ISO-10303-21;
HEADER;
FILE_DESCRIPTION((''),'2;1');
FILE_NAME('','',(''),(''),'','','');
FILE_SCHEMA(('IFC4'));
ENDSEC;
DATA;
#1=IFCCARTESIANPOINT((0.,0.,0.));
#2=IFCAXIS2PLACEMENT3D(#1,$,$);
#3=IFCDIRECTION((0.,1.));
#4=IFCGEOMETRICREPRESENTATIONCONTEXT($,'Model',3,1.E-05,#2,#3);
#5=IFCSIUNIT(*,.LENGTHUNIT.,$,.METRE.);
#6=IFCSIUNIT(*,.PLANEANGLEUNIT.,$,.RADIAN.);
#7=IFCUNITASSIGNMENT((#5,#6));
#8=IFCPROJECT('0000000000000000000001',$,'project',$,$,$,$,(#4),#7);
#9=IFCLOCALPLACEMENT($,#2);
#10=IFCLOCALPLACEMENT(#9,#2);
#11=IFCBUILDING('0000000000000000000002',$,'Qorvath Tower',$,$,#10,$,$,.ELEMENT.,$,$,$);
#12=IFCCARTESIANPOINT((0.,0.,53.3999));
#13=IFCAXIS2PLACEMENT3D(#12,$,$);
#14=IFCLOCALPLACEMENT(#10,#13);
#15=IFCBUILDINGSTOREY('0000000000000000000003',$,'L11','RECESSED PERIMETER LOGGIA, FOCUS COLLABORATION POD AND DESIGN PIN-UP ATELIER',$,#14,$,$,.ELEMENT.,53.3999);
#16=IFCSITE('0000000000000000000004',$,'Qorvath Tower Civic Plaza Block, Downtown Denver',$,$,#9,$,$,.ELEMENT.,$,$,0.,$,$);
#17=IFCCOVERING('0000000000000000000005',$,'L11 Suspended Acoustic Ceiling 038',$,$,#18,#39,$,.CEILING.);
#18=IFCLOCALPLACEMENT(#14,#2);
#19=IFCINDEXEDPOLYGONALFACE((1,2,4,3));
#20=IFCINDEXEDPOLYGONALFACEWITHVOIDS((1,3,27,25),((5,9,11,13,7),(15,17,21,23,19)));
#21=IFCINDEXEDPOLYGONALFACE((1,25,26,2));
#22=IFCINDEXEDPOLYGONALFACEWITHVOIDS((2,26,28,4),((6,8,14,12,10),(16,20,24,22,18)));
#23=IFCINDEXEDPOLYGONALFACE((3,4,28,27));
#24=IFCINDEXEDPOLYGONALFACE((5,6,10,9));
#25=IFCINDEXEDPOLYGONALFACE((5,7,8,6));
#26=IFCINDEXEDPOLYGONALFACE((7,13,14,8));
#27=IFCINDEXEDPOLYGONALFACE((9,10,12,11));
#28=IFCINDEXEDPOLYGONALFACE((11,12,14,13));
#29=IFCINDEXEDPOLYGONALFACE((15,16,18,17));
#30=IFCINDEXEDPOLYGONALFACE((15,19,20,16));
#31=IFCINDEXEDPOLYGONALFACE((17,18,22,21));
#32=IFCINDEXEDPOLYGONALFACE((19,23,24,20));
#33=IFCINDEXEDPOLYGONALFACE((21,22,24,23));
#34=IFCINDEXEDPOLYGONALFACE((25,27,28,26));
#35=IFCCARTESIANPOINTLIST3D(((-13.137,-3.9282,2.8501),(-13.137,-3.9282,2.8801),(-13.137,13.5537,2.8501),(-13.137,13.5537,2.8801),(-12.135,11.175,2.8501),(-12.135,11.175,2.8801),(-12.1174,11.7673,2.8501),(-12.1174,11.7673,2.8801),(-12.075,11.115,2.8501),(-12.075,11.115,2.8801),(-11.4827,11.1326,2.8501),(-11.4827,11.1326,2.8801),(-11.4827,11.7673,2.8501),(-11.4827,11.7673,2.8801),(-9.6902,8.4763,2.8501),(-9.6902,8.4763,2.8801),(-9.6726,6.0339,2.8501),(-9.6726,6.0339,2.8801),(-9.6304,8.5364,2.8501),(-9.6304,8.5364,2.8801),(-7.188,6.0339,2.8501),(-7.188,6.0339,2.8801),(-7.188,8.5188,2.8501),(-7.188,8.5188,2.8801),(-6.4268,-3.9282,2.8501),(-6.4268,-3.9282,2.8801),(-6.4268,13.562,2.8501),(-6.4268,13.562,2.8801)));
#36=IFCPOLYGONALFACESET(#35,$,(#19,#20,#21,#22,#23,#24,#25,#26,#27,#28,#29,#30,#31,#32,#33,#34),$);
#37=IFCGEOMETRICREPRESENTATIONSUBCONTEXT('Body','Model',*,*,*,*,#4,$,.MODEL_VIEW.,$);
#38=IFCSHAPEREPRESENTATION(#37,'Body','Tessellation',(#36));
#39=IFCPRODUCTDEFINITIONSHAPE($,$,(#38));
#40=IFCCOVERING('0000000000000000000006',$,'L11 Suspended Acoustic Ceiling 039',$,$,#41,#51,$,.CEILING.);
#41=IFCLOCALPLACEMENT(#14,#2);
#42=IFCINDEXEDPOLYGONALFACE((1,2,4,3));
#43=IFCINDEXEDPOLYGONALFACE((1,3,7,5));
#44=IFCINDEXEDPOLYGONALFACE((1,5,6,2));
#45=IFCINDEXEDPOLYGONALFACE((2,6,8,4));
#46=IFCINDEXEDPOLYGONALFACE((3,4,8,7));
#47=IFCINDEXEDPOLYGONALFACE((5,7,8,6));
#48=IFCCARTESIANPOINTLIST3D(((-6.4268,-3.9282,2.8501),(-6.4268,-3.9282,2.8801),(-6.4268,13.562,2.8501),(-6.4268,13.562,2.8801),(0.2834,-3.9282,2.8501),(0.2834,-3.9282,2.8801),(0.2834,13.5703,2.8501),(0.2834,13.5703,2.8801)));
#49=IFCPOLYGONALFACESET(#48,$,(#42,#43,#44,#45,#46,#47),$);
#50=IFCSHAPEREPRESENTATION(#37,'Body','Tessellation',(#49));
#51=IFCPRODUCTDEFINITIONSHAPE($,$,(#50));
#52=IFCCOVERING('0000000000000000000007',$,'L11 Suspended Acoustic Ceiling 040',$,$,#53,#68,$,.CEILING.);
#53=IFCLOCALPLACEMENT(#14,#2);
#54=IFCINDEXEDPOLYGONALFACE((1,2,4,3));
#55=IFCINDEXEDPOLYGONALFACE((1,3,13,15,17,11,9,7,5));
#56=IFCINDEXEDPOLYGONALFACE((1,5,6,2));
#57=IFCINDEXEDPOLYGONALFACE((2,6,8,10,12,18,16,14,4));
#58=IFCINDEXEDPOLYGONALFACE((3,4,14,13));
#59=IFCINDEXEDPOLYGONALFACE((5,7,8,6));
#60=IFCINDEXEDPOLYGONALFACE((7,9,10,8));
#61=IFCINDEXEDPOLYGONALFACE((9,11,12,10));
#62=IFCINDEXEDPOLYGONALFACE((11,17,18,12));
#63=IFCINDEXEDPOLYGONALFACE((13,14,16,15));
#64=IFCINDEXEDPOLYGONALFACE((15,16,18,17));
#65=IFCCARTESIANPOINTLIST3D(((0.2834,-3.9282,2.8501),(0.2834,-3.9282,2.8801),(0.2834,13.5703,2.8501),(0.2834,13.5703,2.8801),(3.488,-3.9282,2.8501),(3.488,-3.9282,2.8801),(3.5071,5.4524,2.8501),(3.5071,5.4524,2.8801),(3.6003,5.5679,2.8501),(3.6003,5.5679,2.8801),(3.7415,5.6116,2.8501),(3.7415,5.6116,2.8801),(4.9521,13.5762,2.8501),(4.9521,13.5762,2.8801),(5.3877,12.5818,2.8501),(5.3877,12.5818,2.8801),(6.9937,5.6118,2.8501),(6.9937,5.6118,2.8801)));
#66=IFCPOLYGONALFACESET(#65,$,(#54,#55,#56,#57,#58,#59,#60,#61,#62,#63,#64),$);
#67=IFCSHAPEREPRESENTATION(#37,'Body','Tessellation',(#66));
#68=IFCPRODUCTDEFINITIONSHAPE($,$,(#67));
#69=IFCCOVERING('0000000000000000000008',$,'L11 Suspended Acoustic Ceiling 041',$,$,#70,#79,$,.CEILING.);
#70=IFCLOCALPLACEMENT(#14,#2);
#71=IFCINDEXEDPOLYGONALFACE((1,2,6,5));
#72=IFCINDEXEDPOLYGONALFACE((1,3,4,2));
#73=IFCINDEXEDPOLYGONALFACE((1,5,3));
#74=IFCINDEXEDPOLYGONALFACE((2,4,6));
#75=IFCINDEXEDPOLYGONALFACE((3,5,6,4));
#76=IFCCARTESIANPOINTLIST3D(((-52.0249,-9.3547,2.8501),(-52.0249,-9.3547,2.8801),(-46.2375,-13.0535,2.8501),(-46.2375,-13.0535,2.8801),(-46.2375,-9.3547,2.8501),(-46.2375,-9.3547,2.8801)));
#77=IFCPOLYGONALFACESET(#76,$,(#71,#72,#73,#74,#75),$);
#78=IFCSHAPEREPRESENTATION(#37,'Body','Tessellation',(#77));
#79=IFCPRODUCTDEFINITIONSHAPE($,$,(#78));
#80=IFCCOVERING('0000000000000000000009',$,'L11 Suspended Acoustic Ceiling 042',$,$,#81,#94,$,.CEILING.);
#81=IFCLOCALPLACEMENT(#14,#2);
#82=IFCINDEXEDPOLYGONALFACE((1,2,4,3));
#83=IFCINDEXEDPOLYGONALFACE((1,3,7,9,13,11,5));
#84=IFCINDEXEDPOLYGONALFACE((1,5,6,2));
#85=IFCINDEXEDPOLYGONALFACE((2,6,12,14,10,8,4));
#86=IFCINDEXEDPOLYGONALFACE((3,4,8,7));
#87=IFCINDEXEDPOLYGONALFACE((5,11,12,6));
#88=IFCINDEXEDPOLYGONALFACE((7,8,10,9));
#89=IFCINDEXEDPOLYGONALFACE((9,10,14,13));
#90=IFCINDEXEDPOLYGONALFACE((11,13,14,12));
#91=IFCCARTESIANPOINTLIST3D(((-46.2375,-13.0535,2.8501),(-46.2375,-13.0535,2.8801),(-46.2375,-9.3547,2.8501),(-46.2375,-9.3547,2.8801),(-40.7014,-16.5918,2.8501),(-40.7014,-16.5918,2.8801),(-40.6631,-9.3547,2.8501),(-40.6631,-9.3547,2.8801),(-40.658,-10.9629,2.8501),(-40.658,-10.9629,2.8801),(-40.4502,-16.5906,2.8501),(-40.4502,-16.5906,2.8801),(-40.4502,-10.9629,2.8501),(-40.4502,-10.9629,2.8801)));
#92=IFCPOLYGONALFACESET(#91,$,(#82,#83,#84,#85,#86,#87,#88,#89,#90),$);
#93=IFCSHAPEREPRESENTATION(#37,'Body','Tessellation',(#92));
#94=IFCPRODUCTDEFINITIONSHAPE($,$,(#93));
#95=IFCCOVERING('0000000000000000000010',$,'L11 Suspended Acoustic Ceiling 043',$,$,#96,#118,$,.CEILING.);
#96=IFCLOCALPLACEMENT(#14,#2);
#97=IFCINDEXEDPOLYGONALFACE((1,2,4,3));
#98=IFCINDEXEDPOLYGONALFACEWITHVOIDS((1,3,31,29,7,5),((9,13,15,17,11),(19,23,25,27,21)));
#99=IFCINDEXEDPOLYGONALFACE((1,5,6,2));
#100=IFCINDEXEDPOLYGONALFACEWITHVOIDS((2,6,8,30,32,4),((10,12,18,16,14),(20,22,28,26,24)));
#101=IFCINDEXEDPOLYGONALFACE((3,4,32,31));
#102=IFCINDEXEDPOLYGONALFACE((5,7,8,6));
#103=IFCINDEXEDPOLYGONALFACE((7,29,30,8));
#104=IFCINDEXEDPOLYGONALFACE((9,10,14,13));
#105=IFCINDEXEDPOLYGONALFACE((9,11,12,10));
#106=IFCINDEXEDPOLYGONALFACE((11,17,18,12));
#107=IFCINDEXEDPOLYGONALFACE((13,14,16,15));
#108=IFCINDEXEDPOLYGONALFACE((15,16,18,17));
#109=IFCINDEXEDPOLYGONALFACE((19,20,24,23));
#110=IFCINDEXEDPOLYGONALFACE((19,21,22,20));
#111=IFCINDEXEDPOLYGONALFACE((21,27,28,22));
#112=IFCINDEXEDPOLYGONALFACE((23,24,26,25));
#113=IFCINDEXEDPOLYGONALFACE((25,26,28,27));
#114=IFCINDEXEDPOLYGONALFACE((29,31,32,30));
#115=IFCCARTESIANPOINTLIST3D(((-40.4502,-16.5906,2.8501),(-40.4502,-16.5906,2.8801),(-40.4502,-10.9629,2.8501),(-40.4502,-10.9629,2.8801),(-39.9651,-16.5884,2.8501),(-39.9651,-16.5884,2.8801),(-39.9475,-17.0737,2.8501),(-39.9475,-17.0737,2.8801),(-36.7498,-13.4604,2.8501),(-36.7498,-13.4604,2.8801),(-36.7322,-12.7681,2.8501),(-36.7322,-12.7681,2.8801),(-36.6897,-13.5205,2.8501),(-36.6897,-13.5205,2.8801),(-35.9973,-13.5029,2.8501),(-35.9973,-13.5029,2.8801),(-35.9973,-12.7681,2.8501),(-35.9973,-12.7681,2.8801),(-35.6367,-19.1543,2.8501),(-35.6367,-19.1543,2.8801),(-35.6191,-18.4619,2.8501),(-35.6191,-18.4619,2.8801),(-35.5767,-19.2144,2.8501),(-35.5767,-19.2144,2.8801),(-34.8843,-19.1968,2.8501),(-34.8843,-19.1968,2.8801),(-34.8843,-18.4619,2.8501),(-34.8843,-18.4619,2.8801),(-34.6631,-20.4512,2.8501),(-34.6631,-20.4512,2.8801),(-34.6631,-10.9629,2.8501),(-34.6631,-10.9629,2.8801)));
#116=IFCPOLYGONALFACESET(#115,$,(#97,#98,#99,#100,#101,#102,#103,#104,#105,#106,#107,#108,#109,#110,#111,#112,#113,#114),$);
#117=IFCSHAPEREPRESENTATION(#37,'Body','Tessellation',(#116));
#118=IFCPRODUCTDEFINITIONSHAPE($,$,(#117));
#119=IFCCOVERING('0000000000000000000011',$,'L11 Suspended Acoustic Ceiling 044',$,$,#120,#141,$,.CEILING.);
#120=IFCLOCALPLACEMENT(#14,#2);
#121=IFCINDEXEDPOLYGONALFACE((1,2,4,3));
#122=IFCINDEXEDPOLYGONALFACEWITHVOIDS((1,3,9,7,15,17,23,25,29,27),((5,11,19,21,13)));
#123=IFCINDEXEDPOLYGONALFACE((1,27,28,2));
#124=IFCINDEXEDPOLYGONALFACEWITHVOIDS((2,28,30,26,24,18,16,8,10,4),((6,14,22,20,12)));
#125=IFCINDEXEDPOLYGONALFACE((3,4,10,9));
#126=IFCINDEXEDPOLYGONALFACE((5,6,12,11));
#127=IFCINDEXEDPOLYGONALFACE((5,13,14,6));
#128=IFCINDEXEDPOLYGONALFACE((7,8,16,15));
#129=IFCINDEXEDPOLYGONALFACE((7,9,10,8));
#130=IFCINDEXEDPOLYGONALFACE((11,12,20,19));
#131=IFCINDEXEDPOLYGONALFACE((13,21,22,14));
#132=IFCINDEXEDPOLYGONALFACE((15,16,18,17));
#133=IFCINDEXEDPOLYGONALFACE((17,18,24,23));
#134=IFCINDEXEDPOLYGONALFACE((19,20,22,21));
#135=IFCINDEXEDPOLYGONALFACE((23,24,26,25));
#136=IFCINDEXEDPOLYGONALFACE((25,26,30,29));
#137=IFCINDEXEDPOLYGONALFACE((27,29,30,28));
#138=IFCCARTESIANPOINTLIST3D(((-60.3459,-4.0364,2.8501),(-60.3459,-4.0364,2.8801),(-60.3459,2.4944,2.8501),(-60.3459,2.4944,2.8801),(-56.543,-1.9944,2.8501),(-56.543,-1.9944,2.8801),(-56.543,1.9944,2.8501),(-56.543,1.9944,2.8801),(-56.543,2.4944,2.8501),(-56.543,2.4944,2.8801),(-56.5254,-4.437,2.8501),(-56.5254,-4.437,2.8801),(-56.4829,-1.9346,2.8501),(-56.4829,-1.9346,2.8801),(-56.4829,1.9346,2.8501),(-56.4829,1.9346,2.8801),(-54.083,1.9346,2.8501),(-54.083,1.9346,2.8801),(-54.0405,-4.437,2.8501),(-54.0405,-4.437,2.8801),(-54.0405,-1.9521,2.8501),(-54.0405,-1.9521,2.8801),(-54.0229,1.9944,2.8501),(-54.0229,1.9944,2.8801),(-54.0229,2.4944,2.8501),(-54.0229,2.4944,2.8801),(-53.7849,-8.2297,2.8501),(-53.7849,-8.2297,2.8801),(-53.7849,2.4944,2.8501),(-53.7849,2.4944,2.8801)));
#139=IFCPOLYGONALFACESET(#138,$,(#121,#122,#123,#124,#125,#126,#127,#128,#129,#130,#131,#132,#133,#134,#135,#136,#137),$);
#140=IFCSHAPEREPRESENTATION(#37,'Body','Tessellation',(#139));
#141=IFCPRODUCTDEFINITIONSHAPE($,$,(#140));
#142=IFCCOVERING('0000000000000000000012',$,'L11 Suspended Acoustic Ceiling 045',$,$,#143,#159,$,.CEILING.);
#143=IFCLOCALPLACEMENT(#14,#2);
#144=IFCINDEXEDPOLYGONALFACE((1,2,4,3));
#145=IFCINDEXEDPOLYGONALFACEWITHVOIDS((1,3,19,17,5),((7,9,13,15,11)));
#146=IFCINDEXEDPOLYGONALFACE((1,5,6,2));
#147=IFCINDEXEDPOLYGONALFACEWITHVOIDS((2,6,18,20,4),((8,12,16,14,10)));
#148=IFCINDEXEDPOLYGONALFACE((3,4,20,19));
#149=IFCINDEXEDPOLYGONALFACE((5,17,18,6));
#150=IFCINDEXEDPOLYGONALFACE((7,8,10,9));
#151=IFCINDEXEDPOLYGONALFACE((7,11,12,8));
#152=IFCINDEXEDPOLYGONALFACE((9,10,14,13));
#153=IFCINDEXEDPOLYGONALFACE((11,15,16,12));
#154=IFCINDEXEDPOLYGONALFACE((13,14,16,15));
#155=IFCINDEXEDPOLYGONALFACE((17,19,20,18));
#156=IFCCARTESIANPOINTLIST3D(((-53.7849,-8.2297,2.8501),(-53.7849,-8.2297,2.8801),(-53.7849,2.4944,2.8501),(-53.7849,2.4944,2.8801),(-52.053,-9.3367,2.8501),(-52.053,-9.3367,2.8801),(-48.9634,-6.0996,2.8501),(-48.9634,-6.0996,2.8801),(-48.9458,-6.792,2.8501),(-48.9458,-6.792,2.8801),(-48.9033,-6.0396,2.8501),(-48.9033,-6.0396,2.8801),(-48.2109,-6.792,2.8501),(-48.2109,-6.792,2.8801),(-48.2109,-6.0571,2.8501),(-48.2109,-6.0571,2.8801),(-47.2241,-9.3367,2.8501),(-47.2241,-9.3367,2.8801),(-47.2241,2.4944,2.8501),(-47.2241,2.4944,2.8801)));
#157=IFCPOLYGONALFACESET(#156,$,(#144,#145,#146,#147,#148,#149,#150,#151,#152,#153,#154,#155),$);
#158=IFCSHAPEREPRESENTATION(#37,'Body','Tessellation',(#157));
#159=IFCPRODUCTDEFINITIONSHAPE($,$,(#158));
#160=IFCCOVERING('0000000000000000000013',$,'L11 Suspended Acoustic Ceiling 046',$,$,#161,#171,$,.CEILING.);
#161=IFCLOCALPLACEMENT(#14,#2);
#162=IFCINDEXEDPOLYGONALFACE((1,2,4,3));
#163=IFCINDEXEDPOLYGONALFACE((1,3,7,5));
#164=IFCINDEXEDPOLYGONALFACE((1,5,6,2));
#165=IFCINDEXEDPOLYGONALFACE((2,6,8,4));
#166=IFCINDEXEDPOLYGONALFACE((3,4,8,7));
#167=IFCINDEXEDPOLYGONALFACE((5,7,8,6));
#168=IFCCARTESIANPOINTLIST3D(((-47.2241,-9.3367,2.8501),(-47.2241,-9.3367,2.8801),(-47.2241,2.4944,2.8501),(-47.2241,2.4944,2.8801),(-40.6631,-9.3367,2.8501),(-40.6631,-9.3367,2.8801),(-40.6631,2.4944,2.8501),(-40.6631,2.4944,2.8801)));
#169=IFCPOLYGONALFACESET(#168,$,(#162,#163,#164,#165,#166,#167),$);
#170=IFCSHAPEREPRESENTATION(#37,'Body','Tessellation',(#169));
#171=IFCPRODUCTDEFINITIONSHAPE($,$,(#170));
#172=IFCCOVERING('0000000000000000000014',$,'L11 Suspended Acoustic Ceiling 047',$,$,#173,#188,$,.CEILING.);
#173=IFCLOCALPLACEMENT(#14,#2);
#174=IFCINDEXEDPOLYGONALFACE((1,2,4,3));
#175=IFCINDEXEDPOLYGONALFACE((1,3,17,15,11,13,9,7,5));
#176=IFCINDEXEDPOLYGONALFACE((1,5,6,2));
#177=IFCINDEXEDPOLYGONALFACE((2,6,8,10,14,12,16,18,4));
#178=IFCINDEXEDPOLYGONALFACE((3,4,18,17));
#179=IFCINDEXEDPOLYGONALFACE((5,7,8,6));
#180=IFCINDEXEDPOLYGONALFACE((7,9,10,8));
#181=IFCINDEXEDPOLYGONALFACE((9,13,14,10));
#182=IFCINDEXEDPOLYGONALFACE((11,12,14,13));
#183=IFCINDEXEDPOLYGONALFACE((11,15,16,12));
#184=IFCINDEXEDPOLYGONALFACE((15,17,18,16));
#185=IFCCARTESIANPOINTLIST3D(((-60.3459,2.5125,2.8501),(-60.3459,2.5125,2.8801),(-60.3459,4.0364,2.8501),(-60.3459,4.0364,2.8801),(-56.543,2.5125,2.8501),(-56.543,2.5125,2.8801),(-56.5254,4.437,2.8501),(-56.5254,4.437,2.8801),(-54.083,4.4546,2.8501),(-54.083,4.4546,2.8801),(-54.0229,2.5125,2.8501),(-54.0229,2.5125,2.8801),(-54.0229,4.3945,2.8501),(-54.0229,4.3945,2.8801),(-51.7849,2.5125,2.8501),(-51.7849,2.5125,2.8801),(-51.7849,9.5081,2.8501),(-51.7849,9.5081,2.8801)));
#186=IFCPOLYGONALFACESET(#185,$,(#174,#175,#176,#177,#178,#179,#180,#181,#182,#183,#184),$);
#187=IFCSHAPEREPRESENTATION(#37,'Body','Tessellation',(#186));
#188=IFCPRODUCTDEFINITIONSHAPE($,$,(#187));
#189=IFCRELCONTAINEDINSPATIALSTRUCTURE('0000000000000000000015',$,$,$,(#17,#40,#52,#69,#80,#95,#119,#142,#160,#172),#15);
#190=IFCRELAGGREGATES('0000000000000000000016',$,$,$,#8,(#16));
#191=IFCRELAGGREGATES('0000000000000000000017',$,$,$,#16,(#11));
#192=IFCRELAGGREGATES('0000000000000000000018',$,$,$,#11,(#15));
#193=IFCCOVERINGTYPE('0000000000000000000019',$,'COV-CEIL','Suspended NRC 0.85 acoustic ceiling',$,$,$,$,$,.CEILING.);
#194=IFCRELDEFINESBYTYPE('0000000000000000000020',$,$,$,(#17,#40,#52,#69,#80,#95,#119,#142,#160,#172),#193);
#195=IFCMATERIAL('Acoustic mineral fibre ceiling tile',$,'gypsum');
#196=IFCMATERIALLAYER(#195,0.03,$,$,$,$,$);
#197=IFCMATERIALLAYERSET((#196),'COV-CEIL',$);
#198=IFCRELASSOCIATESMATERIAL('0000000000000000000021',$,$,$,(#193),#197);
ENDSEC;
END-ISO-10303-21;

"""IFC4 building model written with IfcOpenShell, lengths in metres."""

from ifc_helpers import new_model, si_unit, direction, frame, origin, place, context, subcontext, project, spatial, polyline, outline, extrude, material, layer, layer_set, type_object, element, save


model = new_model("IFC4")

# Units and contexts
model_context = context("Model", 3, precision=1e-05, world=origin(), true_north=direction((0.0, 1.0)))
body_context = subcontext(model_context, "Body", "Model", "MODEL_VIEW")
ifc_project = project(units=[si_unit("LENGTHUNIT", "METRE"), si_unit("PLANEANGLEUNIT", "RADIAN")], contexts=[model_context])

# Site, building, storey
site_placement = place(None, origin())
site = spatial("IfcSite", under=ifc_project, at=site_placement, Name="Qorvath Tower Civic Plaza Block, Downtown Denver", CompositionType="ELEMENT", RefElevation=0.0)
building_placement = place(site_placement, origin())
building = spatial("IfcBuilding", under=site, at=building_placement, Name="Qorvath Tower", CompositionType="ELEMENT")
storey_placement = place(building_placement, frame((0.0, 0.0, 53.3999)))
storey = spatial("IfcBuildingStorey", under=building, at=storey_placement, Name="L11", Description="RECESSED PERIMETER LOGGIA, FOCUS COLLABORATION POD AND DESIGN PIN-UP ATELIER", CompositionType="ELEMENT", Elevation=53.3999)

# Coverings
ifc_material_1 = material(Name="Acoustic mineral fibre ceiling tile", Category="gypsum")
ifc_layer_1 = layer(ifc_material_1, 0.03)
ifc_layer_set_1 = layer_set([ifc_layer_1], Name="COV-CEIL")
covering_type_1 = type_object("IfcCoveringType", Name="COV-CEIL", Description="Suspended NRC 0.85 acoustic ceiling", PredefinedType="CEILING", material=ifc_layer_set_1)
covering_1_placement = place(storey_placement, frame((0.0, 0.0, 2.8501)))
element("IfcCovering", 1, at=covering_1_placement, inside=storey, type_object=covering_type_1, Name="L11 Suspended Acoustic Ceiling 038", PredefinedType="CEILING", context=body_context, shape_type="SweptSolid", body=[
    extrude(outline(polyline([(-6.4268, -3.9282), (-6.4268, 13.562), (-13.137, 13.5537), (-13.137, -3.9282), (-6.4268, -3.9282)]), holes=[polyline([(-9.6902, 8.4763), (-9.6304, 8.5364), (-7.188, 8.5188), (-7.188, 6.0339), (-9.6726, 6.0339), (-9.6902, 8.4763)]), polyline([(-12.135, 11.175), (-12.1174, 11.7673), (-11.4827, 11.7673), (-11.4827, 11.1326), (-12.075, 11.115), (-12.135, 11.175)])]), origin(), (0.0, 0.0, 1.0), 0.03),
])
covering_2_placement = place(storey_placement, frame((0.0, 0.0, 2.8501)))
element("IfcCovering", 2, at=covering_2_placement, inside=storey, type_object=covering_type_1, Name="L11 Suspended Acoustic Ceiling 039", PredefinedType="CEILING", context=body_context, shape_type="SweptSolid", body=[
    extrude(outline(polyline([(0.2834, -3.9282), (0.2834, 13.5703), (-6.4268, 13.562), (-6.4268, -3.9282), (0.2834, -3.9282)])), origin(), (0.0, 0.0, 1.0), 0.03),
])
covering_3_placement = place(storey_placement, frame((0.0, 0.0, 2.8501)))
element("IfcCovering", 3, at=covering_3_placement, inside=storey, type_object=covering_type_1, Name="L11 Suspended Acoustic Ceiling 040", PredefinedType="CEILING", context=body_context, shape_type="SweptSolid", body=[
    extrude(outline(polyline([(3.7415, 5.6116), (6.9937, 5.6118), (5.3877, 12.5818), (4.9521, 13.5762), (0.2834, 13.5703), (0.2834, -3.9282), (3.488, -3.9282), (3.5071, 5.4524), (3.6003, 5.5679), (3.7415, 5.6116)])), origin(), (0.0, 0.0, 1.0), 0.03),
])
covering_4_placement = place(storey_placement, frame((0.0, 0.0, 2.8501)))
element("IfcCovering", 4, at=covering_4_placement, inside=storey, type_object=covering_type_1, Name="L11 Suspended Acoustic Ceiling 041", PredefinedType="CEILING", context=body_context, shape_type="SweptSolid", body=[
    extrude(outline(polyline([(-46.2375, -13.0535), (-46.2375, -9.3547), (-52.0249, -9.3547), (-46.2375, -13.0535)])), origin(), (0.0, 0.0, 1.0), 0.03),
])
covering_5_placement = place(storey_placement, frame((0.0, 0.0, 2.8501)))
element("IfcCovering", 5, at=covering_5_placement, inside=storey, type_object=covering_type_1, Name="L11 Suspended Acoustic Ceiling 042", PredefinedType="CEILING", context=body_context, shape_type="SweptSolid", body=[
    extrude(outline(polyline([(-40.6631, -9.3547), (-46.2375, -9.3547), (-46.2375, -13.0535), (-40.7014, -16.5918), (-40.4502, -16.5906), (-40.4502, -10.9629), (-40.658, -10.9629), (-40.6631, -9.3547)])), origin(), (0.0, 0.0, 1.0), 0.03),
])
covering_6_placement = place(storey_placement, frame((0.0, 0.0, 2.8501)))
element("IfcCovering", 6, at=covering_6_placement, inside=storey, type_object=covering_type_1, Name="L11 Suspended Acoustic Ceiling 043", PredefinedType="CEILING", context=body_context, shape_type="SweptSolid", body=[
    extrude(outline(polyline([(-40.4502, -10.9629), (-40.4502, -16.5906), (-39.9651, -16.5884), (-39.9475, -17.0737), (-34.6631, -20.4512), (-34.6631, -10.9629), (-40.4502, -10.9629)]), holes=[polyline([(-35.6367, -19.1543), (-35.6191, -18.4619), (-34.8843, -18.4619), (-34.8843, -19.1968), (-35.5767, -19.2144), (-35.6367, -19.1543)]), polyline([(-36.7498, -13.4604), (-36.7322, -12.7681), (-35.9973, -12.7681), (-35.9973, -13.5029), (-36.6897, -13.5205), (-36.7498, -13.4604)])]), origin(), (0.0, 0.0, 1.0), 0.03),
])
covering_7_placement = place(storey_placement, frame((0.0, 0.0, 2.8501)))
element("IfcCovering", 7, at=covering_7_placement, inside=storey, type_object=covering_type_1, Name="L11 Suspended Acoustic Ceiling 044", PredefinedType="CEILING", context=body_context, shape_type="SweptSolid", body=[
    extrude(outline(polyline([(-56.543, 2.4944), (-60.3459, 2.4944), (-60.3459, -4.0364), (-53.7849, -8.2297), (-53.7849, 2.4944), (-54.0229, 2.4944), (-54.0229, 1.9944), (-54.083, 1.9346), (-56.4829, 1.9346), (-56.543, 1.9944), (-56.543, 2.4944)]), holes=[polyline([(-56.543, -1.9944), (-56.4829, -1.9346), (-54.0405, -1.9521), (-54.0405, -4.437), (-56.5254, -4.437), (-56.543, -1.9944)])]), origin(), (0.0, 0.0, 1.0), 0.03),
])
covering_8_placement = place(storey_placement, frame((0.0, 0.0, 2.8501)))
element("IfcCovering", 8, at=covering_8_placement, inside=storey, type_object=covering_type_1, Name="L11 Suspended Acoustic Ceiling 045", PredefinedType="CEILING", context=body_context, shape_type="SweptSolid", body=[
    extrude(outline(polyline([(-53.7849, 2.4944), (-53.7849, -8.2297), (-52.053, -9.3367), (-47.2241, -9.3367), (-47.2241, 2.4944), (-53.7849, 2.4944)]), holes=[polyline([(-48.9634, -6.0996), (-48.9033, -6.0396), (-48.2109, -6.0571), (-48.2109, -6.792), (-48.9458, -6.792), (-48.9634, -6.0996)])]), origin(), (0.0, 0.0, 1.0), 0.03),
])
covering_9_placement = place(storey_placement, frame((0.0, 0.0, 2.8501)))
element("IfcCovering", 9, at=covering_9_placement, inside=storey, type_object=covering_type_1, Name="L11 Suspended Acoustic Ceiling 046", PredefinedType="CEILING", context=body_context, shape_type="SweptSolid", body=[
    extrude(outline(polyline([(-47.2241, 2.4944), (-47.2241, -9.3367), (-40.6631, -9.3367), (-40.6631, 2.4944), (-47.2241, 2.4944)])), origin(), (0.0, 0.0, 1.0), 0.03),
])
covering_10_placement = place(storey_placement, frame((0.0, 0.0, 2.8501)))
element("IfcCovering", 10, at=covering_10_placement, inside=storey, type_object=covering_type_1, Name="L11 Suspended Acoustic Ceiling 047", PredefinedType="CEILING", context=body_context, shape_type="SweptSolid", body=[
    extrude(outline(polyline([(-60.3459, 4.0364), (-60.3459, 2.5125), (-56.543, 2.5125), (-56.5254, 4.437), (-54.083, 4.4546), (-54.0229, 4.3945), (-54.0229, 2.5125), (-51.7849, 2.5125), (-51.7849, 9.5081), (-60.3459, 4.0364)])), origin(), (0.0, 0.0, 1.0), 0.03),
])

save(model, "model.ifc")
